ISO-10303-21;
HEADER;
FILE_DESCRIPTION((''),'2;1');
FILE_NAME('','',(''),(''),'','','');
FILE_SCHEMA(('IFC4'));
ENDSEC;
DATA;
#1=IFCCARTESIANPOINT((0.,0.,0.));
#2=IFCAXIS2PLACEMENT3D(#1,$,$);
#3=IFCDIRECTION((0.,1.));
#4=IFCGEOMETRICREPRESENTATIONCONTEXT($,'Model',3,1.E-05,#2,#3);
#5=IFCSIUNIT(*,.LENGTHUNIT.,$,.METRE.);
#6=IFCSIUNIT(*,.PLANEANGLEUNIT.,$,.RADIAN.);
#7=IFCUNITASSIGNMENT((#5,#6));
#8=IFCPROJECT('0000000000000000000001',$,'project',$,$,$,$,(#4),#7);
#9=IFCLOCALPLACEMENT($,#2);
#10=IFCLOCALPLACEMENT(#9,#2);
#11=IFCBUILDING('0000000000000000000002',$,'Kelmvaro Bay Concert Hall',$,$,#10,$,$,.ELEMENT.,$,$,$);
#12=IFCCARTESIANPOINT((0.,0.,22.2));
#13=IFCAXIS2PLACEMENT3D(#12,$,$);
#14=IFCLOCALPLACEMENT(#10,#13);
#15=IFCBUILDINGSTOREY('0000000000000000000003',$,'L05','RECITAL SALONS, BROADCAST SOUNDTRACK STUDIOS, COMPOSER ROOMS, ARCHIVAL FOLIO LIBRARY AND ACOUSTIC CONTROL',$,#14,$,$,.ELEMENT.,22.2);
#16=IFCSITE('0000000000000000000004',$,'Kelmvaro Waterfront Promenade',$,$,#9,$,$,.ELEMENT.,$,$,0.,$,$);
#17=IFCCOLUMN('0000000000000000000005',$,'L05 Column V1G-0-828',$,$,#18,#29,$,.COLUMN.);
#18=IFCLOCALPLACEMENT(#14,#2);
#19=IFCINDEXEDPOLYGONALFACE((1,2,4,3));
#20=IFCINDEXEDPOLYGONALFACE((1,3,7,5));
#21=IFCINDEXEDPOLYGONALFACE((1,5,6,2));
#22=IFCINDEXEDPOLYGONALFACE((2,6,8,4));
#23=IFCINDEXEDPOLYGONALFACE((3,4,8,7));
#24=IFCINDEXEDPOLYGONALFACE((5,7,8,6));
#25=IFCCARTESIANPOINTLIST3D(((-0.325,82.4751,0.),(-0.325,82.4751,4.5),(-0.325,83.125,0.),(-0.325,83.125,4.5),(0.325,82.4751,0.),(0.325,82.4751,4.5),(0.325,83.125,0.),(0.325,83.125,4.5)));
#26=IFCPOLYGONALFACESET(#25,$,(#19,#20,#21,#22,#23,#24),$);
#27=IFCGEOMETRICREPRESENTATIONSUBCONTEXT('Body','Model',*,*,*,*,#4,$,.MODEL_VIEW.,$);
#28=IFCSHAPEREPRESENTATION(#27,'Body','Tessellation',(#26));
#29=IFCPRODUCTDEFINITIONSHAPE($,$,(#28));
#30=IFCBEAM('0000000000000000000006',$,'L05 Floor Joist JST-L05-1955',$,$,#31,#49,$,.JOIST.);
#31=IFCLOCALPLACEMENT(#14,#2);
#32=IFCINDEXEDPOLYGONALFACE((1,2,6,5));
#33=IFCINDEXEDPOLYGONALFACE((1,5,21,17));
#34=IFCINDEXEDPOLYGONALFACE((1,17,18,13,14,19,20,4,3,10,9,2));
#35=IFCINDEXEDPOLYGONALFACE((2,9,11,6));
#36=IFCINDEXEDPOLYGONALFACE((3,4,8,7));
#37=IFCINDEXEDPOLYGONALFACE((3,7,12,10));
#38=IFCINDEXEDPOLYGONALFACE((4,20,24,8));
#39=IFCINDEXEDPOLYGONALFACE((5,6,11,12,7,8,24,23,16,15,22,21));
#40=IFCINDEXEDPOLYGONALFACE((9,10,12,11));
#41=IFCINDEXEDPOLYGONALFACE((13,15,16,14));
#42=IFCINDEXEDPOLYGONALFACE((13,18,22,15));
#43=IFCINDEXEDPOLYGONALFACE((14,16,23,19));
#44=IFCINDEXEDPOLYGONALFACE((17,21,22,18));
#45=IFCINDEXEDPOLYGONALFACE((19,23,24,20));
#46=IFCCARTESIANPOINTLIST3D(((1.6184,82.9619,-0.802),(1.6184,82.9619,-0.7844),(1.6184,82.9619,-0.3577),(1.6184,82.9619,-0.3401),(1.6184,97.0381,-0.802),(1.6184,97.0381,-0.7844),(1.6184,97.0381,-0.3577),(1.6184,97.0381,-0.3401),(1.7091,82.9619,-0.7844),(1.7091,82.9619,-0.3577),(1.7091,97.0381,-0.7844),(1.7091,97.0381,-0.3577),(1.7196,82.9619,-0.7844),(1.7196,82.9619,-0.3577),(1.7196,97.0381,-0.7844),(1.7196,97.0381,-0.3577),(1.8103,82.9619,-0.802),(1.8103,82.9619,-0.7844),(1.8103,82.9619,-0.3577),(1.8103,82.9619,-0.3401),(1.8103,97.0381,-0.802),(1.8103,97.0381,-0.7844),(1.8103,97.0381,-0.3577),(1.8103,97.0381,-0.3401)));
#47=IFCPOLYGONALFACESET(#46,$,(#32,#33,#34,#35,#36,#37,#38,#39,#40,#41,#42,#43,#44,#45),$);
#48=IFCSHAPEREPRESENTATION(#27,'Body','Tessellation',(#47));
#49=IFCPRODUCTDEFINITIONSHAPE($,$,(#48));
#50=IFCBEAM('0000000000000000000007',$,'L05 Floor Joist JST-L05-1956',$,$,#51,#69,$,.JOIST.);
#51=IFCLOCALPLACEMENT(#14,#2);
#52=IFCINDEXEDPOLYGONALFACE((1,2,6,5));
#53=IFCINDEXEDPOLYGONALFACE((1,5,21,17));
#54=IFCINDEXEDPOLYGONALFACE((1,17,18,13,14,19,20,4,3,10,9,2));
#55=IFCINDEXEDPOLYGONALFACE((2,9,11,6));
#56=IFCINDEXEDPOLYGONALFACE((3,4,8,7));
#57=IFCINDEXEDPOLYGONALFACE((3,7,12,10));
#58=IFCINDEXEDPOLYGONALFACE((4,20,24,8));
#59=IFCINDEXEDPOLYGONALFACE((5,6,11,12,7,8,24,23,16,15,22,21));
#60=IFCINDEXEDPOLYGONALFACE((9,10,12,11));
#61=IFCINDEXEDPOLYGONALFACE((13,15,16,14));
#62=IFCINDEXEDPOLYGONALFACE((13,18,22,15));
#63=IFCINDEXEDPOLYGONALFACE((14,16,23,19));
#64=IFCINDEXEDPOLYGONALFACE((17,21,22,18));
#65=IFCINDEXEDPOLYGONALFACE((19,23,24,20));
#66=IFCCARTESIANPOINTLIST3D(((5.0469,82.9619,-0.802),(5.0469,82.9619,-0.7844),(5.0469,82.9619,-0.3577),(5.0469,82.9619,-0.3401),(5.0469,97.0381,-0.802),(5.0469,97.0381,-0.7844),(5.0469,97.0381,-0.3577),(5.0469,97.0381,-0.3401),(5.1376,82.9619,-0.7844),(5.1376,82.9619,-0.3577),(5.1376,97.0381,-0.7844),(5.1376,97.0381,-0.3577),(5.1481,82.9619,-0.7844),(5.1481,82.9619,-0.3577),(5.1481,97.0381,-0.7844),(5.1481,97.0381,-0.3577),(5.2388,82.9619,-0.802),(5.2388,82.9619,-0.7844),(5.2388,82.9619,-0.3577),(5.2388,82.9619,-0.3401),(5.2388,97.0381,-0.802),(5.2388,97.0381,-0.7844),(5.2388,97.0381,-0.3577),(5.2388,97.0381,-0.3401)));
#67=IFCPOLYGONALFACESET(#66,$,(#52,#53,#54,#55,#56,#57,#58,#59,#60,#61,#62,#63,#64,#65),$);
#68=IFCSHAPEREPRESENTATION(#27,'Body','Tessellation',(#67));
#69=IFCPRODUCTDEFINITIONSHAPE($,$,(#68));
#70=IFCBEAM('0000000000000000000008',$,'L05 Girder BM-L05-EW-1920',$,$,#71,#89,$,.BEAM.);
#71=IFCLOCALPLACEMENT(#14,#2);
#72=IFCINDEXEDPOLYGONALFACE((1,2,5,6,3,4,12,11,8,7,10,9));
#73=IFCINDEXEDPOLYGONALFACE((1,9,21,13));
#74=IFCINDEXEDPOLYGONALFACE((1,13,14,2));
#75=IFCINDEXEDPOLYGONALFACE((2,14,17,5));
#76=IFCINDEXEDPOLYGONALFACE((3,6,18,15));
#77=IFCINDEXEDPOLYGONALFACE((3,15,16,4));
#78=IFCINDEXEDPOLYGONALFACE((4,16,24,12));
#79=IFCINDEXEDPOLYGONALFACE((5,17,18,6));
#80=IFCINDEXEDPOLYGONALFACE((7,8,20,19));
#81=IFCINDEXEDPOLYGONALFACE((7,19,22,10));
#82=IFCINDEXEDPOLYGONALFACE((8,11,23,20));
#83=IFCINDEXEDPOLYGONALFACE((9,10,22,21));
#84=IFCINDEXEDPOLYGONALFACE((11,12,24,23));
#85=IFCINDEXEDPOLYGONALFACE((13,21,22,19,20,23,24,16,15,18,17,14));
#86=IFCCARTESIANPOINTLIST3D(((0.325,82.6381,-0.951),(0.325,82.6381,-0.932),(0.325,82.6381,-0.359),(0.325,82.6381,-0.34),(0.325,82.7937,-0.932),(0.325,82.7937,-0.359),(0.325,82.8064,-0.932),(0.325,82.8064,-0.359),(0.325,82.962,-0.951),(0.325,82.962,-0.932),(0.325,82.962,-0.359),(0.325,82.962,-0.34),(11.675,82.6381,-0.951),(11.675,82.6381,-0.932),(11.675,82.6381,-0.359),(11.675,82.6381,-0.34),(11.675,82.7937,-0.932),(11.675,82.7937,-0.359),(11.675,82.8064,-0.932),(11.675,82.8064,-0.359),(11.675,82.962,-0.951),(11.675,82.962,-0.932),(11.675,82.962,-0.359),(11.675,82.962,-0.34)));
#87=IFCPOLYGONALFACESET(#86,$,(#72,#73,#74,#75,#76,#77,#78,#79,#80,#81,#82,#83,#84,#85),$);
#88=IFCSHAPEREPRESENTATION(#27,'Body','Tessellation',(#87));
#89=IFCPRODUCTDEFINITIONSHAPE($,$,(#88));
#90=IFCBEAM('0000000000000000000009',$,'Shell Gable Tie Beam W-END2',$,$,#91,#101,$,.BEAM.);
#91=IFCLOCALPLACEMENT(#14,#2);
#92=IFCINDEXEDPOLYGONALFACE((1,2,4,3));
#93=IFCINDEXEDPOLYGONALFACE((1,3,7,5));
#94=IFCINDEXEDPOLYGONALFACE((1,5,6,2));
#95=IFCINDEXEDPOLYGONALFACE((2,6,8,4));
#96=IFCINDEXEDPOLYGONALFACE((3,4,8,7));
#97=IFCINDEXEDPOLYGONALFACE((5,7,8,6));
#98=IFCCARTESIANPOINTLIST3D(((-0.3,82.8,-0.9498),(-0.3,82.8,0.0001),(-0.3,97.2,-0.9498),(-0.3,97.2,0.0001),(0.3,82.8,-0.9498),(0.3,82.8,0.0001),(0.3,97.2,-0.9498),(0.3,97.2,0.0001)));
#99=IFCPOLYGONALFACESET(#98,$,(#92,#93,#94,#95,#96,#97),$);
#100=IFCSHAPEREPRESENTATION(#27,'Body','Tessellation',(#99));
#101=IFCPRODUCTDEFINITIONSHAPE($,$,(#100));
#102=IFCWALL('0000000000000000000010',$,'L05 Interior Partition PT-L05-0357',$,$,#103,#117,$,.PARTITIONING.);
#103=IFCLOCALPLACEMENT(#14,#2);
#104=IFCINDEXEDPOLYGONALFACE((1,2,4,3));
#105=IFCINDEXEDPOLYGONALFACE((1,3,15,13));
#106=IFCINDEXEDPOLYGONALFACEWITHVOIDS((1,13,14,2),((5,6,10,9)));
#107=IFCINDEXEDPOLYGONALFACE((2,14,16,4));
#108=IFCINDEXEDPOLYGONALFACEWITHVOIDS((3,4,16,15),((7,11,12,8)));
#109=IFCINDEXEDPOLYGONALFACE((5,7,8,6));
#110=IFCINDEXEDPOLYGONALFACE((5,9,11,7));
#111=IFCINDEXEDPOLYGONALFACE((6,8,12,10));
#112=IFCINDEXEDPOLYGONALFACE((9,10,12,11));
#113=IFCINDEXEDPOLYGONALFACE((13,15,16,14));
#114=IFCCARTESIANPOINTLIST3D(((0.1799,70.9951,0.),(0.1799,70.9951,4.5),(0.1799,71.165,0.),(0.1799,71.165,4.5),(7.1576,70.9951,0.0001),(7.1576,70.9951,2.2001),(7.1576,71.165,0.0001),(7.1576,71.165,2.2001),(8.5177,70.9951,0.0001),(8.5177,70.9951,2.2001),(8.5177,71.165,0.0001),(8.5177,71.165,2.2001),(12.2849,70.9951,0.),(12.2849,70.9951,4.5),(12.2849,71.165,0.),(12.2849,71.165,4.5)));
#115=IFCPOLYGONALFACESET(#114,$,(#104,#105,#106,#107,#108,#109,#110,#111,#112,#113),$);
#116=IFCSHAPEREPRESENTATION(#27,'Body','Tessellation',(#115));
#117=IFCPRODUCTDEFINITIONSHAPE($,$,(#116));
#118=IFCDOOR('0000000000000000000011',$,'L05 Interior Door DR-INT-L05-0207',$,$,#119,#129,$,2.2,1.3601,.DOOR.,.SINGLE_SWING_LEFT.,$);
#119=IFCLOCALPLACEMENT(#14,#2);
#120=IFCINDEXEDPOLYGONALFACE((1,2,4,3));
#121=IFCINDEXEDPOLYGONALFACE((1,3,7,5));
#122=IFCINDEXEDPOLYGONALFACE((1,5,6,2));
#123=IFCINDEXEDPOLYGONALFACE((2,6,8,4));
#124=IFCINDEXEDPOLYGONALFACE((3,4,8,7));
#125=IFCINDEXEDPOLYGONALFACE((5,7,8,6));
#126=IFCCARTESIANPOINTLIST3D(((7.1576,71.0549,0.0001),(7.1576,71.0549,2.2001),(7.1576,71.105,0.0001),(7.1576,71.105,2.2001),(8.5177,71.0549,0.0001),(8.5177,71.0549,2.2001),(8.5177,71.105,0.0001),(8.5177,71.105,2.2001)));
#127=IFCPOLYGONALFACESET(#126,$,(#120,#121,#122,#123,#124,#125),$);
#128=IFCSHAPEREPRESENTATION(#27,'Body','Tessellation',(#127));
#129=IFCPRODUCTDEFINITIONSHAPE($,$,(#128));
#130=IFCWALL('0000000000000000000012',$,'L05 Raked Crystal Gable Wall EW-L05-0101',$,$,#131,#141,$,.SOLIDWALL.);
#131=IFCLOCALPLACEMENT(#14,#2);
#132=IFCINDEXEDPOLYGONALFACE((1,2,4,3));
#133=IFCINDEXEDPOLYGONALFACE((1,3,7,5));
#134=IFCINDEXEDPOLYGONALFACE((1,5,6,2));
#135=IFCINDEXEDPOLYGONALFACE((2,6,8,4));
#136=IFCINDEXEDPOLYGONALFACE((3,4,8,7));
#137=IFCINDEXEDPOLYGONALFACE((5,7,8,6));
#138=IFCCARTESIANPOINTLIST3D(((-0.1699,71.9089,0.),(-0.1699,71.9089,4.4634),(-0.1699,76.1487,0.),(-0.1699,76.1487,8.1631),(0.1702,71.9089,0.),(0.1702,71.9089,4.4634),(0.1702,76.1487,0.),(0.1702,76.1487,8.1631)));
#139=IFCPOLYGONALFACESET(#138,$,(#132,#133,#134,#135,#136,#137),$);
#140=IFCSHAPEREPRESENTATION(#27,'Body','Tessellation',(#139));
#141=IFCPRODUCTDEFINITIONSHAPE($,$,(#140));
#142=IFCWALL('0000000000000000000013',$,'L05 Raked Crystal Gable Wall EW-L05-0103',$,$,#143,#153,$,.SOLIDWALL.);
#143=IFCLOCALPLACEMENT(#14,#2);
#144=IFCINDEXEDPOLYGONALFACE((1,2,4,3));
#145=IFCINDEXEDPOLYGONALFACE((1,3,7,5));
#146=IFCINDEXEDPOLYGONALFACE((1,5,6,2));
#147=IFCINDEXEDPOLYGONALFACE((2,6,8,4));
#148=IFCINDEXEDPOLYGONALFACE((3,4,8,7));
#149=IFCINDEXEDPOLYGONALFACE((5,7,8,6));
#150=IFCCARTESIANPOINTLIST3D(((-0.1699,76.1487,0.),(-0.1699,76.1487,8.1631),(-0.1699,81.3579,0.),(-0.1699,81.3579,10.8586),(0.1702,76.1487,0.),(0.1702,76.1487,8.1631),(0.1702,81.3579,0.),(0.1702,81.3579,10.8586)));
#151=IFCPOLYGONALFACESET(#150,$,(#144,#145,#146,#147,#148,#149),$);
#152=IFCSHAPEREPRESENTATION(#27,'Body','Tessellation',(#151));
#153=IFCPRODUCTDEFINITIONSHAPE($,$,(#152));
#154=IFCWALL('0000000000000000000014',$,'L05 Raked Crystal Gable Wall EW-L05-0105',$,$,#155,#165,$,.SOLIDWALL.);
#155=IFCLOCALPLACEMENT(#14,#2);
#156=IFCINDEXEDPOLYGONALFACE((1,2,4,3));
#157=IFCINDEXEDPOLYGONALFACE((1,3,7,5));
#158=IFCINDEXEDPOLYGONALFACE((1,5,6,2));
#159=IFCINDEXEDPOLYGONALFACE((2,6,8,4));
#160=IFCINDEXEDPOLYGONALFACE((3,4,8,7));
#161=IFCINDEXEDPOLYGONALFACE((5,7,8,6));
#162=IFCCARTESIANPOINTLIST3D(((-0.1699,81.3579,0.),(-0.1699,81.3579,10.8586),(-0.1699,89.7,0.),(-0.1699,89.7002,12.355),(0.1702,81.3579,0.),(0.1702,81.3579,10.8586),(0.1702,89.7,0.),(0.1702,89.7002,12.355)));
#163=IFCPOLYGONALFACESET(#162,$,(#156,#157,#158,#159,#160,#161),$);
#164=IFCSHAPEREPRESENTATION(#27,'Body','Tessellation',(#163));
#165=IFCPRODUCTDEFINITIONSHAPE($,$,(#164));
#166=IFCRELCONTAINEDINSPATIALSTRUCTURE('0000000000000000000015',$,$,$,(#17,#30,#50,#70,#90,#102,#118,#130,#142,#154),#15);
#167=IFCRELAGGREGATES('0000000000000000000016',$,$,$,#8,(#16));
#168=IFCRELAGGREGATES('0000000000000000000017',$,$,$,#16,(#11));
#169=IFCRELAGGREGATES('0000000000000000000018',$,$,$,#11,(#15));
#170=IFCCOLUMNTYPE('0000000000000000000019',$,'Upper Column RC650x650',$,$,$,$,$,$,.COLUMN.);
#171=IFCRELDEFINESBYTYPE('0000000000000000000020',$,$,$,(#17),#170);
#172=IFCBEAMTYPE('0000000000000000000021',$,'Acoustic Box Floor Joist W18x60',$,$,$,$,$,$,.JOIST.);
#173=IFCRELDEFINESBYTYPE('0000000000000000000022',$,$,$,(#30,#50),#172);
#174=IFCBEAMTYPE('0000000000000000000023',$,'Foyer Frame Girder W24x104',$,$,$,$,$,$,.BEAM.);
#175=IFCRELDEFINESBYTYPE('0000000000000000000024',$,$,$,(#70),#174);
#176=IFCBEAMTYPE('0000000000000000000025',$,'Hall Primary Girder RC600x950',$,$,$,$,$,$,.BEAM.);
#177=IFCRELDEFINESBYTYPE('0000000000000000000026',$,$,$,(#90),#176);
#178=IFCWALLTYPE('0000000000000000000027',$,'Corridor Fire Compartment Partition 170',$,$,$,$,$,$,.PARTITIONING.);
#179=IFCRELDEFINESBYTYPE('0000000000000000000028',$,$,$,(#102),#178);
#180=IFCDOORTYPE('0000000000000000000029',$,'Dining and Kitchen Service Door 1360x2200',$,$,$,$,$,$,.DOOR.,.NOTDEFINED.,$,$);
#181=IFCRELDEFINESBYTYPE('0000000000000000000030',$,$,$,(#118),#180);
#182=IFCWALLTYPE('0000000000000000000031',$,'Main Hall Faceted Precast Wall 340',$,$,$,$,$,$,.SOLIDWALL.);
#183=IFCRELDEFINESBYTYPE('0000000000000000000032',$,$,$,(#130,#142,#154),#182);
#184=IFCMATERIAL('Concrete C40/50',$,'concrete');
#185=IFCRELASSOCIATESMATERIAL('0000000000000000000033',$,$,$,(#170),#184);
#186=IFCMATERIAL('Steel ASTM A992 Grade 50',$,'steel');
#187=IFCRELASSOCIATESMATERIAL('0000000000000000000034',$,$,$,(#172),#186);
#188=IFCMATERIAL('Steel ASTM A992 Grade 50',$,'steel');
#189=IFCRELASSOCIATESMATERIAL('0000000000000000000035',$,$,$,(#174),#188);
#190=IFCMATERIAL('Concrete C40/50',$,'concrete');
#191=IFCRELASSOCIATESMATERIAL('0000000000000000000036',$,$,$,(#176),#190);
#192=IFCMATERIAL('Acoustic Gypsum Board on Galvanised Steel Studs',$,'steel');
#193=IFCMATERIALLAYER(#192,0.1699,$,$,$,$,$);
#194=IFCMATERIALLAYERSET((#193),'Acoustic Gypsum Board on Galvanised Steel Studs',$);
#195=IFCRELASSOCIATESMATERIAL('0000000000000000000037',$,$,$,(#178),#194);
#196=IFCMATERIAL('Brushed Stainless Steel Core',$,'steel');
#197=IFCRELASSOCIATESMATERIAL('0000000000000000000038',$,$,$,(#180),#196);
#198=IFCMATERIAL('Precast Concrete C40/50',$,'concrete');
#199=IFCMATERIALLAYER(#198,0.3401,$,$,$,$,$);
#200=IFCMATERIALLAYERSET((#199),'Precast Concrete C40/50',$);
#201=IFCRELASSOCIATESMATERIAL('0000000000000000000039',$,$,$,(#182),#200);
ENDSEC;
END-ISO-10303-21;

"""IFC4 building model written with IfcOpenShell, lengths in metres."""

from ifc_helpers import new_model, si_unit, direction, frame, frame_2d, origin, origin_2d, place, context, subcontext, project, spatial, polyline, rectangle, i_section, outline, extrude, material, layer, layer_set, material_profile, profile_set, type_object, element, fill, save


model = new_model("IFC4")

# Units and contexts
model_context = context("Model", 3, precision=1e-05, world=origin(), true_north=direction((0.0, 1.0)))
body_context = subcontext(model_context, "Body", "Model", "MODEL_VIEW")
ifc_project = project(units=[si_unit("LENGTHUNIT", "METRE"), si_unit("PLANEANGLEUNIT", "RADIAN")], contexts=[model_context])

# Site, building, storey
site_placement = place(None, origin())
site = spatial("IfcSite", under=ifc_project, at=site_placement, Name="Kelmvaro Waterfront Promenade", CompositionType="ELEMENT", RefElevation=0.0)
building_placement = place(site_placement, origin())
building = spatial("IfcBuilding", under=site, at=building_placement, Name="Kelmvaro Bay Concert Hall", CompositionType="ELEMENT")
storey_placement = place(building_placement, frame((0.0, 0.0, 22.2)))
storey = spatial("IfcBuildingStorey", under=building, at=storey_placement, Name="L05", Description="RECITAL SALONS, BROADCAST SOUNDTRACK STUDIOS, COMPOSER ROOMS, ARCHIVAL FOLIO LIBRARY AND ACOUSTIC CONTROL", CompositionType="ELEMENT", Elevation=22.2)

# Column
ifc_material_1 = material(Name="Concrete C40/50", Category="concrete")
ifc_material_profile_1 = material_profile(ifc_material_1, rectangle(XDim=0.6499, YDim=0.6499, at=origin_2d()), Name="RC-COL-650X650")
ifc_profile_set_1 = profile_set([ifc_material_profile_1], Name="Concrete C40/50")
column_type = type_object("IfcColumnType", Name="Upper Column RC650x650", PredefinedType="COLUMN", material=ifc_profile_set_1)
column_placement = place(storey_placement, frame((0.0, 82.8, 0.0), z_axis=(0.0, 0.0, 1.0), x_axis=(1.0, 0.0, 0.0)))
element("IfcColumn", 1, at=column_placement, inside=storey, type_object=column_type, Name="L05 Column V1G-0-828", PredefinedType="COLUMN", context=body_context, shape_type="SweptSolid", body=[
    extrude(rectangle(XDim=0.6499, YDim=0.6499, at=origin_2d()), origin(), (0.0, 0.0, 1.0), 4.5),
])

# Beams
ifc_material_2 = material(Name="Steel ASTM A992 Grade 50", Category="steel")
ifc_material_profile_2 = material_profile(ifc_material_2, i_section(OverallWidth=0.1919, OverallDepth=0.4619, WebThickness=0.0105, FlangeThickness=0.0176, at=origin_2d()), Name="W18X60")
ifc_profile_set_2 = profile_set([ifc_material_profile_2], Name="Steel ASTM A992 Grade 50")
beam_type_1 = type_object("IfcBeamType", Name="Acoustic Box Floor Joist W18x60", PredefinedType="JOIST", material=ifc_profile_set_2)
for number, where, z_axis, x_axis, name in (
    (2, (1.7144, 82.9619, -0.571), (0.0, 1.0, 0.0), (-1.0, 0.0, 0.0), "L05 Floor Joist JST-L05-1955"),
    (3, (5.1428, 82.9619, -0.571), (0.0, 1.0, 0.0), (-1.0, 0.0, 0.0), "L05 Floor Joist JST-L05-1956"),
):
    element("IfcBeam", number, at=place(storey_placement, frame(where, z_axis=z_axis, x_axis=x_axis)), inside=storey, type_object=beam_type_1, Name=name, PredefinedType="JOIST", context=body_context, shape_type="SweptSolid", body=[
        extrude(i_section(OverallWidth=0.1919, OverallDepth=0.4619, WebThickness=0.0105, FlangeThickness=0.0176, at=origin_2d()), origin(), (0.0, 0.0, 1.0), 14.0762),
    ])
ifc_material_3 = material(Name="Steel ASTM A992 Grade 50", Category="steel")
ifc_material_profile_3 = material_profile(ifc_material_3, i_section(OverallWidth=0.324, OverallDepth=0.6111, WebThickness=0.0127, FlangeThickness=0.019, at=origin_2d()), Name="W24X104")
ifc_profile_set_3 = profile_set([ifc_material_profile_3], Name="Steel ASTM A992 Grade 50")
beam_type_2 = type_object("IfcBeamType", Name="Foyer Frame Girder W24x104", PredefinedType="BEAM", material=ifc_profile_set_3)
beam_1_placement = place(storey_placement, frame((0.325, 82.8, -0.6455), z_axis=(1.0, 0.0, 0.0), x_axis=(0.0, 1.0, 0.0)))
element("IfcBeam", 4, at=beam_1_placement, inside=storey, type_object=beam_type_2, Name="L05 Girder BM-L05-EW-1920", PredefinedType="BEAM", context=body_context, shape_type="SweptSolid", body=[
    extrude(i_section(OverallWidth=0.324, OverallDepth=0.6111, WebThickness=0.0127, FlangeThickness=0.019, at=origin_2d()), origin(), (0.0, 0.0, 1.0), 11.3501),
])
ifc_material_4 = material(Name="Concrete C40/50", Category="concrete")
ifc_material_profile_4 = material_profile(ifc_material_4, rectangle(XDim=0.6001, YDim=0.95, at=origin_2d()), Name="RC-BM-600X950")
ifc_profile_set_4 = profile_set([ifc_material_profile_4], Name="Concrete C40/50")
beam_type_3 = type_object("IfcBeamType", Name="Hall Primary Girder RC600x950", PredefinedType="BEAM", material=ifc_profile_set_4)
beam_2_placement = place(storey_placement, frame((0.0, 82.8, -0.4749), z_axis=(0.0, 1.0, 0.0), x_axis=(-1.0, 0.0, 0.0)))
element("IfcBeam", 5, at=beam_2_placement, inside=storey, type_object=beam_type_3, Name="Shell Gable Tie Beam W-END2", PredefinedType="BEAM", context=body_context, shape_type="SweptSolid", body=[
    extrude(rectangle(XDim=0.6001, YDim=0.95, at=origin_2d()), origin(), (0.0, 0.0, 1.0), 14.3999),
])

# Wall, opening, door
ifc_material_5 = material(Name="Acoustic Gypsum Board on Galvanised Steel Studs", Category="steel")
ifc_layer_1 = layer(ifc_material_5, 0.1699)
ifc_layer_set_1 = layer_set([ifc_layer_1], Name="Acoustic Gypsum Board on Galvanised Steel Studs")
wall_type_1 = type_object("IfcWallType", Name="Corridor Fire Compartment Partition 170", PredefinedType="PARTITIONING", material=ifc_layer_set_1)
wall_1_placement = place(storey_placement, frame((0.1799, 71.0801, 0.0), z_axis=(0.0, 0.0, 1.0), x_axis=(1.0, 0.0, 0.0)))
wall_1 = element("IfcWall", 6, at=wall_1_placement, inside=storey, type_object=wall_type_1, Name="L05 Interior Partition PT-L05-0357", PredefinedType="PARTITIONING", context=body_context, shape_type="SweptSolid", body=[
    extrude(rectangle(XDim=12.105, YDim=0.1699, at=frame_2d((6.0525, 0.0))), origin(), (0.0, 0.0, 1.0), 4.5),
])
opening_placement = place(wall_1_placement, frame((6.9775, 0.0, 0.0)))
opening = element("IfcOpeningElement", 7, at=opening_placement, cuts=wall_1, PredefinedType="OPENING", context=body_context, shape_type="SweptSolid", body=[
    extrude(rectangle(XDim=1.3601, YDim=2.2, at=frame_2d((0.6802, 1.1001))), frame((0.0, 0.095, 0.0), z_axis=(0.0, -1.0, 0.0), x_axis=(1.0, 0.0, 0.0)), (0.0, 0.0, 1.0), 0.1899),
])
ifc_material_6 = material(Name="Brushed Stainless Steel Core", Category="steel")
door_type = type_object("IfcDoorType", Name="Dining and Kitchen Service Door 1360x2200", OperationType="NOTDEFINED", PredefinedType="DOOR", material=ifc_material_6)
door_placement = place(opening_placement, origin())
door = element("IfcDoor", 8, at=door_placement, inside=storey, type_object=door_type, Name="L05 Interior Door DR-INT-L05-0207", OperationType="SINGLE_SWING_LEFT", OverallHeight=2.2, OverallWidth=1.3601, PredefinedType="DOOR", context=body_context, shape_type="SweptSolid", body=[
    extrude(rectangle(XDim=1.3601, YDim=2.2, at=frame_2d((0.6802, 1.1001))), frame((0.0, 0.0249, 0.0), z_axis=(0.0, -1.0, 0.0), x_axis=(1.0, 0.0, 0.0)), (0.0, 0.0, 1.0), 0.05),
])
fill(opening, door)

# Walls
ifc_material_7 = material(Name="Precast Concrete C40/50", Category="concrete")
ifc_layer_2 = layer(ifc_material_7, 0.3401)
ifc_layer_set_2 = layer_set([ifc_layer_2], Name="Precast Concrete C40/50")
wall_type_2 = type_object("IfcWallType", Name="Main Hall Faceted Precast Wall 340", PredefinedType="SOLIDWALL", material=ifc_layer_set_2)
wall_2_placement = place(storey_placement, frame((0.0, 71.9089, 0.0), z_axis=(0.0, 0.0, 1.0), x_axis=(0.0, 1.0, 0.0)))
element("IfcWall", 9, at=wall_2_placement, inside=storey, type_object=wall_type_2, Name="L05 Raked Crystal Gable Wall EW-L05-0101", PredefinedType="SOLIDWALL", context=body_context, shape_type="SweptSolid", body=[
    extrude(outline(polyline([(0.0, 0.0), (4.2397, 0.0), (4.2397, 8.1631), (0.0, 4.4634), (0.0, 0.0)])), frame((0.0, 0.1699, 0.0), z_axis=(0.0, -1.0, 0.0), x_axis=(1.0, 0.0, 0.0)), (0.0, 0.0, 1.0), 0.3401),
])
wall_3_placement = place(storey_placement, frame((0.0, 76.1487, 0.0), z_axis=(0.0, 0.0, 1.0), x_axis=(0.0, 1.0, 0.0)))
element("IfcWall", 10, at=wall_3_placement, inside=storey, type_object=wall_type_2, Name="L05 Raked Crystal Gable Wall EW-L05-0103", PredefinedType="SOLIDWALL", context=body_context, shape_type="SweptSolid", body=[
    extrude(outline(polyline([(0.0, 0.0), (5.2092, 0.0), (5.2092, 10.8586), (0.0, 8.1631), (0.0, 0.0)])), frame((0.0, 0.1699, 0.0), z_axis=(0.0, -1.0, 0.0), x_axis=(1.0, 0.0, 0.0)), (0.0, 0.0, 1.0), 0.3401),
])
wall_4_placement = place(storey_placement, frame((0.0, 81.3579, 0.0), z_axis=(0.0, 0.0, 1.0), x_axis=(0.0, 1.0, 0.0)))
element("IfcWall", 11, at=wall_4_placement, inside=storey, type_object=wall_type_2, Name="L05 Raked Crystal Gable Wall EW-L05-0105", PredefinedType="SOLIDWALL", context=body_context, shape_type="SweptSolid", body=[
    extrude(outline(polyline([(0.0, 0.0), (8.342, 0.0), (8.3423, 12.355), (0.0, 10.8586), (0.0, 0.0)])), frame((0.0, 0.1699, 0.0), z_axis=(0.0, -1.0, 0.0), x_axis=(1.0, 0.0, 0.0)), (0.0, 0.0, 1.0), 0.3401),
])

save(model, "model.ifc")
